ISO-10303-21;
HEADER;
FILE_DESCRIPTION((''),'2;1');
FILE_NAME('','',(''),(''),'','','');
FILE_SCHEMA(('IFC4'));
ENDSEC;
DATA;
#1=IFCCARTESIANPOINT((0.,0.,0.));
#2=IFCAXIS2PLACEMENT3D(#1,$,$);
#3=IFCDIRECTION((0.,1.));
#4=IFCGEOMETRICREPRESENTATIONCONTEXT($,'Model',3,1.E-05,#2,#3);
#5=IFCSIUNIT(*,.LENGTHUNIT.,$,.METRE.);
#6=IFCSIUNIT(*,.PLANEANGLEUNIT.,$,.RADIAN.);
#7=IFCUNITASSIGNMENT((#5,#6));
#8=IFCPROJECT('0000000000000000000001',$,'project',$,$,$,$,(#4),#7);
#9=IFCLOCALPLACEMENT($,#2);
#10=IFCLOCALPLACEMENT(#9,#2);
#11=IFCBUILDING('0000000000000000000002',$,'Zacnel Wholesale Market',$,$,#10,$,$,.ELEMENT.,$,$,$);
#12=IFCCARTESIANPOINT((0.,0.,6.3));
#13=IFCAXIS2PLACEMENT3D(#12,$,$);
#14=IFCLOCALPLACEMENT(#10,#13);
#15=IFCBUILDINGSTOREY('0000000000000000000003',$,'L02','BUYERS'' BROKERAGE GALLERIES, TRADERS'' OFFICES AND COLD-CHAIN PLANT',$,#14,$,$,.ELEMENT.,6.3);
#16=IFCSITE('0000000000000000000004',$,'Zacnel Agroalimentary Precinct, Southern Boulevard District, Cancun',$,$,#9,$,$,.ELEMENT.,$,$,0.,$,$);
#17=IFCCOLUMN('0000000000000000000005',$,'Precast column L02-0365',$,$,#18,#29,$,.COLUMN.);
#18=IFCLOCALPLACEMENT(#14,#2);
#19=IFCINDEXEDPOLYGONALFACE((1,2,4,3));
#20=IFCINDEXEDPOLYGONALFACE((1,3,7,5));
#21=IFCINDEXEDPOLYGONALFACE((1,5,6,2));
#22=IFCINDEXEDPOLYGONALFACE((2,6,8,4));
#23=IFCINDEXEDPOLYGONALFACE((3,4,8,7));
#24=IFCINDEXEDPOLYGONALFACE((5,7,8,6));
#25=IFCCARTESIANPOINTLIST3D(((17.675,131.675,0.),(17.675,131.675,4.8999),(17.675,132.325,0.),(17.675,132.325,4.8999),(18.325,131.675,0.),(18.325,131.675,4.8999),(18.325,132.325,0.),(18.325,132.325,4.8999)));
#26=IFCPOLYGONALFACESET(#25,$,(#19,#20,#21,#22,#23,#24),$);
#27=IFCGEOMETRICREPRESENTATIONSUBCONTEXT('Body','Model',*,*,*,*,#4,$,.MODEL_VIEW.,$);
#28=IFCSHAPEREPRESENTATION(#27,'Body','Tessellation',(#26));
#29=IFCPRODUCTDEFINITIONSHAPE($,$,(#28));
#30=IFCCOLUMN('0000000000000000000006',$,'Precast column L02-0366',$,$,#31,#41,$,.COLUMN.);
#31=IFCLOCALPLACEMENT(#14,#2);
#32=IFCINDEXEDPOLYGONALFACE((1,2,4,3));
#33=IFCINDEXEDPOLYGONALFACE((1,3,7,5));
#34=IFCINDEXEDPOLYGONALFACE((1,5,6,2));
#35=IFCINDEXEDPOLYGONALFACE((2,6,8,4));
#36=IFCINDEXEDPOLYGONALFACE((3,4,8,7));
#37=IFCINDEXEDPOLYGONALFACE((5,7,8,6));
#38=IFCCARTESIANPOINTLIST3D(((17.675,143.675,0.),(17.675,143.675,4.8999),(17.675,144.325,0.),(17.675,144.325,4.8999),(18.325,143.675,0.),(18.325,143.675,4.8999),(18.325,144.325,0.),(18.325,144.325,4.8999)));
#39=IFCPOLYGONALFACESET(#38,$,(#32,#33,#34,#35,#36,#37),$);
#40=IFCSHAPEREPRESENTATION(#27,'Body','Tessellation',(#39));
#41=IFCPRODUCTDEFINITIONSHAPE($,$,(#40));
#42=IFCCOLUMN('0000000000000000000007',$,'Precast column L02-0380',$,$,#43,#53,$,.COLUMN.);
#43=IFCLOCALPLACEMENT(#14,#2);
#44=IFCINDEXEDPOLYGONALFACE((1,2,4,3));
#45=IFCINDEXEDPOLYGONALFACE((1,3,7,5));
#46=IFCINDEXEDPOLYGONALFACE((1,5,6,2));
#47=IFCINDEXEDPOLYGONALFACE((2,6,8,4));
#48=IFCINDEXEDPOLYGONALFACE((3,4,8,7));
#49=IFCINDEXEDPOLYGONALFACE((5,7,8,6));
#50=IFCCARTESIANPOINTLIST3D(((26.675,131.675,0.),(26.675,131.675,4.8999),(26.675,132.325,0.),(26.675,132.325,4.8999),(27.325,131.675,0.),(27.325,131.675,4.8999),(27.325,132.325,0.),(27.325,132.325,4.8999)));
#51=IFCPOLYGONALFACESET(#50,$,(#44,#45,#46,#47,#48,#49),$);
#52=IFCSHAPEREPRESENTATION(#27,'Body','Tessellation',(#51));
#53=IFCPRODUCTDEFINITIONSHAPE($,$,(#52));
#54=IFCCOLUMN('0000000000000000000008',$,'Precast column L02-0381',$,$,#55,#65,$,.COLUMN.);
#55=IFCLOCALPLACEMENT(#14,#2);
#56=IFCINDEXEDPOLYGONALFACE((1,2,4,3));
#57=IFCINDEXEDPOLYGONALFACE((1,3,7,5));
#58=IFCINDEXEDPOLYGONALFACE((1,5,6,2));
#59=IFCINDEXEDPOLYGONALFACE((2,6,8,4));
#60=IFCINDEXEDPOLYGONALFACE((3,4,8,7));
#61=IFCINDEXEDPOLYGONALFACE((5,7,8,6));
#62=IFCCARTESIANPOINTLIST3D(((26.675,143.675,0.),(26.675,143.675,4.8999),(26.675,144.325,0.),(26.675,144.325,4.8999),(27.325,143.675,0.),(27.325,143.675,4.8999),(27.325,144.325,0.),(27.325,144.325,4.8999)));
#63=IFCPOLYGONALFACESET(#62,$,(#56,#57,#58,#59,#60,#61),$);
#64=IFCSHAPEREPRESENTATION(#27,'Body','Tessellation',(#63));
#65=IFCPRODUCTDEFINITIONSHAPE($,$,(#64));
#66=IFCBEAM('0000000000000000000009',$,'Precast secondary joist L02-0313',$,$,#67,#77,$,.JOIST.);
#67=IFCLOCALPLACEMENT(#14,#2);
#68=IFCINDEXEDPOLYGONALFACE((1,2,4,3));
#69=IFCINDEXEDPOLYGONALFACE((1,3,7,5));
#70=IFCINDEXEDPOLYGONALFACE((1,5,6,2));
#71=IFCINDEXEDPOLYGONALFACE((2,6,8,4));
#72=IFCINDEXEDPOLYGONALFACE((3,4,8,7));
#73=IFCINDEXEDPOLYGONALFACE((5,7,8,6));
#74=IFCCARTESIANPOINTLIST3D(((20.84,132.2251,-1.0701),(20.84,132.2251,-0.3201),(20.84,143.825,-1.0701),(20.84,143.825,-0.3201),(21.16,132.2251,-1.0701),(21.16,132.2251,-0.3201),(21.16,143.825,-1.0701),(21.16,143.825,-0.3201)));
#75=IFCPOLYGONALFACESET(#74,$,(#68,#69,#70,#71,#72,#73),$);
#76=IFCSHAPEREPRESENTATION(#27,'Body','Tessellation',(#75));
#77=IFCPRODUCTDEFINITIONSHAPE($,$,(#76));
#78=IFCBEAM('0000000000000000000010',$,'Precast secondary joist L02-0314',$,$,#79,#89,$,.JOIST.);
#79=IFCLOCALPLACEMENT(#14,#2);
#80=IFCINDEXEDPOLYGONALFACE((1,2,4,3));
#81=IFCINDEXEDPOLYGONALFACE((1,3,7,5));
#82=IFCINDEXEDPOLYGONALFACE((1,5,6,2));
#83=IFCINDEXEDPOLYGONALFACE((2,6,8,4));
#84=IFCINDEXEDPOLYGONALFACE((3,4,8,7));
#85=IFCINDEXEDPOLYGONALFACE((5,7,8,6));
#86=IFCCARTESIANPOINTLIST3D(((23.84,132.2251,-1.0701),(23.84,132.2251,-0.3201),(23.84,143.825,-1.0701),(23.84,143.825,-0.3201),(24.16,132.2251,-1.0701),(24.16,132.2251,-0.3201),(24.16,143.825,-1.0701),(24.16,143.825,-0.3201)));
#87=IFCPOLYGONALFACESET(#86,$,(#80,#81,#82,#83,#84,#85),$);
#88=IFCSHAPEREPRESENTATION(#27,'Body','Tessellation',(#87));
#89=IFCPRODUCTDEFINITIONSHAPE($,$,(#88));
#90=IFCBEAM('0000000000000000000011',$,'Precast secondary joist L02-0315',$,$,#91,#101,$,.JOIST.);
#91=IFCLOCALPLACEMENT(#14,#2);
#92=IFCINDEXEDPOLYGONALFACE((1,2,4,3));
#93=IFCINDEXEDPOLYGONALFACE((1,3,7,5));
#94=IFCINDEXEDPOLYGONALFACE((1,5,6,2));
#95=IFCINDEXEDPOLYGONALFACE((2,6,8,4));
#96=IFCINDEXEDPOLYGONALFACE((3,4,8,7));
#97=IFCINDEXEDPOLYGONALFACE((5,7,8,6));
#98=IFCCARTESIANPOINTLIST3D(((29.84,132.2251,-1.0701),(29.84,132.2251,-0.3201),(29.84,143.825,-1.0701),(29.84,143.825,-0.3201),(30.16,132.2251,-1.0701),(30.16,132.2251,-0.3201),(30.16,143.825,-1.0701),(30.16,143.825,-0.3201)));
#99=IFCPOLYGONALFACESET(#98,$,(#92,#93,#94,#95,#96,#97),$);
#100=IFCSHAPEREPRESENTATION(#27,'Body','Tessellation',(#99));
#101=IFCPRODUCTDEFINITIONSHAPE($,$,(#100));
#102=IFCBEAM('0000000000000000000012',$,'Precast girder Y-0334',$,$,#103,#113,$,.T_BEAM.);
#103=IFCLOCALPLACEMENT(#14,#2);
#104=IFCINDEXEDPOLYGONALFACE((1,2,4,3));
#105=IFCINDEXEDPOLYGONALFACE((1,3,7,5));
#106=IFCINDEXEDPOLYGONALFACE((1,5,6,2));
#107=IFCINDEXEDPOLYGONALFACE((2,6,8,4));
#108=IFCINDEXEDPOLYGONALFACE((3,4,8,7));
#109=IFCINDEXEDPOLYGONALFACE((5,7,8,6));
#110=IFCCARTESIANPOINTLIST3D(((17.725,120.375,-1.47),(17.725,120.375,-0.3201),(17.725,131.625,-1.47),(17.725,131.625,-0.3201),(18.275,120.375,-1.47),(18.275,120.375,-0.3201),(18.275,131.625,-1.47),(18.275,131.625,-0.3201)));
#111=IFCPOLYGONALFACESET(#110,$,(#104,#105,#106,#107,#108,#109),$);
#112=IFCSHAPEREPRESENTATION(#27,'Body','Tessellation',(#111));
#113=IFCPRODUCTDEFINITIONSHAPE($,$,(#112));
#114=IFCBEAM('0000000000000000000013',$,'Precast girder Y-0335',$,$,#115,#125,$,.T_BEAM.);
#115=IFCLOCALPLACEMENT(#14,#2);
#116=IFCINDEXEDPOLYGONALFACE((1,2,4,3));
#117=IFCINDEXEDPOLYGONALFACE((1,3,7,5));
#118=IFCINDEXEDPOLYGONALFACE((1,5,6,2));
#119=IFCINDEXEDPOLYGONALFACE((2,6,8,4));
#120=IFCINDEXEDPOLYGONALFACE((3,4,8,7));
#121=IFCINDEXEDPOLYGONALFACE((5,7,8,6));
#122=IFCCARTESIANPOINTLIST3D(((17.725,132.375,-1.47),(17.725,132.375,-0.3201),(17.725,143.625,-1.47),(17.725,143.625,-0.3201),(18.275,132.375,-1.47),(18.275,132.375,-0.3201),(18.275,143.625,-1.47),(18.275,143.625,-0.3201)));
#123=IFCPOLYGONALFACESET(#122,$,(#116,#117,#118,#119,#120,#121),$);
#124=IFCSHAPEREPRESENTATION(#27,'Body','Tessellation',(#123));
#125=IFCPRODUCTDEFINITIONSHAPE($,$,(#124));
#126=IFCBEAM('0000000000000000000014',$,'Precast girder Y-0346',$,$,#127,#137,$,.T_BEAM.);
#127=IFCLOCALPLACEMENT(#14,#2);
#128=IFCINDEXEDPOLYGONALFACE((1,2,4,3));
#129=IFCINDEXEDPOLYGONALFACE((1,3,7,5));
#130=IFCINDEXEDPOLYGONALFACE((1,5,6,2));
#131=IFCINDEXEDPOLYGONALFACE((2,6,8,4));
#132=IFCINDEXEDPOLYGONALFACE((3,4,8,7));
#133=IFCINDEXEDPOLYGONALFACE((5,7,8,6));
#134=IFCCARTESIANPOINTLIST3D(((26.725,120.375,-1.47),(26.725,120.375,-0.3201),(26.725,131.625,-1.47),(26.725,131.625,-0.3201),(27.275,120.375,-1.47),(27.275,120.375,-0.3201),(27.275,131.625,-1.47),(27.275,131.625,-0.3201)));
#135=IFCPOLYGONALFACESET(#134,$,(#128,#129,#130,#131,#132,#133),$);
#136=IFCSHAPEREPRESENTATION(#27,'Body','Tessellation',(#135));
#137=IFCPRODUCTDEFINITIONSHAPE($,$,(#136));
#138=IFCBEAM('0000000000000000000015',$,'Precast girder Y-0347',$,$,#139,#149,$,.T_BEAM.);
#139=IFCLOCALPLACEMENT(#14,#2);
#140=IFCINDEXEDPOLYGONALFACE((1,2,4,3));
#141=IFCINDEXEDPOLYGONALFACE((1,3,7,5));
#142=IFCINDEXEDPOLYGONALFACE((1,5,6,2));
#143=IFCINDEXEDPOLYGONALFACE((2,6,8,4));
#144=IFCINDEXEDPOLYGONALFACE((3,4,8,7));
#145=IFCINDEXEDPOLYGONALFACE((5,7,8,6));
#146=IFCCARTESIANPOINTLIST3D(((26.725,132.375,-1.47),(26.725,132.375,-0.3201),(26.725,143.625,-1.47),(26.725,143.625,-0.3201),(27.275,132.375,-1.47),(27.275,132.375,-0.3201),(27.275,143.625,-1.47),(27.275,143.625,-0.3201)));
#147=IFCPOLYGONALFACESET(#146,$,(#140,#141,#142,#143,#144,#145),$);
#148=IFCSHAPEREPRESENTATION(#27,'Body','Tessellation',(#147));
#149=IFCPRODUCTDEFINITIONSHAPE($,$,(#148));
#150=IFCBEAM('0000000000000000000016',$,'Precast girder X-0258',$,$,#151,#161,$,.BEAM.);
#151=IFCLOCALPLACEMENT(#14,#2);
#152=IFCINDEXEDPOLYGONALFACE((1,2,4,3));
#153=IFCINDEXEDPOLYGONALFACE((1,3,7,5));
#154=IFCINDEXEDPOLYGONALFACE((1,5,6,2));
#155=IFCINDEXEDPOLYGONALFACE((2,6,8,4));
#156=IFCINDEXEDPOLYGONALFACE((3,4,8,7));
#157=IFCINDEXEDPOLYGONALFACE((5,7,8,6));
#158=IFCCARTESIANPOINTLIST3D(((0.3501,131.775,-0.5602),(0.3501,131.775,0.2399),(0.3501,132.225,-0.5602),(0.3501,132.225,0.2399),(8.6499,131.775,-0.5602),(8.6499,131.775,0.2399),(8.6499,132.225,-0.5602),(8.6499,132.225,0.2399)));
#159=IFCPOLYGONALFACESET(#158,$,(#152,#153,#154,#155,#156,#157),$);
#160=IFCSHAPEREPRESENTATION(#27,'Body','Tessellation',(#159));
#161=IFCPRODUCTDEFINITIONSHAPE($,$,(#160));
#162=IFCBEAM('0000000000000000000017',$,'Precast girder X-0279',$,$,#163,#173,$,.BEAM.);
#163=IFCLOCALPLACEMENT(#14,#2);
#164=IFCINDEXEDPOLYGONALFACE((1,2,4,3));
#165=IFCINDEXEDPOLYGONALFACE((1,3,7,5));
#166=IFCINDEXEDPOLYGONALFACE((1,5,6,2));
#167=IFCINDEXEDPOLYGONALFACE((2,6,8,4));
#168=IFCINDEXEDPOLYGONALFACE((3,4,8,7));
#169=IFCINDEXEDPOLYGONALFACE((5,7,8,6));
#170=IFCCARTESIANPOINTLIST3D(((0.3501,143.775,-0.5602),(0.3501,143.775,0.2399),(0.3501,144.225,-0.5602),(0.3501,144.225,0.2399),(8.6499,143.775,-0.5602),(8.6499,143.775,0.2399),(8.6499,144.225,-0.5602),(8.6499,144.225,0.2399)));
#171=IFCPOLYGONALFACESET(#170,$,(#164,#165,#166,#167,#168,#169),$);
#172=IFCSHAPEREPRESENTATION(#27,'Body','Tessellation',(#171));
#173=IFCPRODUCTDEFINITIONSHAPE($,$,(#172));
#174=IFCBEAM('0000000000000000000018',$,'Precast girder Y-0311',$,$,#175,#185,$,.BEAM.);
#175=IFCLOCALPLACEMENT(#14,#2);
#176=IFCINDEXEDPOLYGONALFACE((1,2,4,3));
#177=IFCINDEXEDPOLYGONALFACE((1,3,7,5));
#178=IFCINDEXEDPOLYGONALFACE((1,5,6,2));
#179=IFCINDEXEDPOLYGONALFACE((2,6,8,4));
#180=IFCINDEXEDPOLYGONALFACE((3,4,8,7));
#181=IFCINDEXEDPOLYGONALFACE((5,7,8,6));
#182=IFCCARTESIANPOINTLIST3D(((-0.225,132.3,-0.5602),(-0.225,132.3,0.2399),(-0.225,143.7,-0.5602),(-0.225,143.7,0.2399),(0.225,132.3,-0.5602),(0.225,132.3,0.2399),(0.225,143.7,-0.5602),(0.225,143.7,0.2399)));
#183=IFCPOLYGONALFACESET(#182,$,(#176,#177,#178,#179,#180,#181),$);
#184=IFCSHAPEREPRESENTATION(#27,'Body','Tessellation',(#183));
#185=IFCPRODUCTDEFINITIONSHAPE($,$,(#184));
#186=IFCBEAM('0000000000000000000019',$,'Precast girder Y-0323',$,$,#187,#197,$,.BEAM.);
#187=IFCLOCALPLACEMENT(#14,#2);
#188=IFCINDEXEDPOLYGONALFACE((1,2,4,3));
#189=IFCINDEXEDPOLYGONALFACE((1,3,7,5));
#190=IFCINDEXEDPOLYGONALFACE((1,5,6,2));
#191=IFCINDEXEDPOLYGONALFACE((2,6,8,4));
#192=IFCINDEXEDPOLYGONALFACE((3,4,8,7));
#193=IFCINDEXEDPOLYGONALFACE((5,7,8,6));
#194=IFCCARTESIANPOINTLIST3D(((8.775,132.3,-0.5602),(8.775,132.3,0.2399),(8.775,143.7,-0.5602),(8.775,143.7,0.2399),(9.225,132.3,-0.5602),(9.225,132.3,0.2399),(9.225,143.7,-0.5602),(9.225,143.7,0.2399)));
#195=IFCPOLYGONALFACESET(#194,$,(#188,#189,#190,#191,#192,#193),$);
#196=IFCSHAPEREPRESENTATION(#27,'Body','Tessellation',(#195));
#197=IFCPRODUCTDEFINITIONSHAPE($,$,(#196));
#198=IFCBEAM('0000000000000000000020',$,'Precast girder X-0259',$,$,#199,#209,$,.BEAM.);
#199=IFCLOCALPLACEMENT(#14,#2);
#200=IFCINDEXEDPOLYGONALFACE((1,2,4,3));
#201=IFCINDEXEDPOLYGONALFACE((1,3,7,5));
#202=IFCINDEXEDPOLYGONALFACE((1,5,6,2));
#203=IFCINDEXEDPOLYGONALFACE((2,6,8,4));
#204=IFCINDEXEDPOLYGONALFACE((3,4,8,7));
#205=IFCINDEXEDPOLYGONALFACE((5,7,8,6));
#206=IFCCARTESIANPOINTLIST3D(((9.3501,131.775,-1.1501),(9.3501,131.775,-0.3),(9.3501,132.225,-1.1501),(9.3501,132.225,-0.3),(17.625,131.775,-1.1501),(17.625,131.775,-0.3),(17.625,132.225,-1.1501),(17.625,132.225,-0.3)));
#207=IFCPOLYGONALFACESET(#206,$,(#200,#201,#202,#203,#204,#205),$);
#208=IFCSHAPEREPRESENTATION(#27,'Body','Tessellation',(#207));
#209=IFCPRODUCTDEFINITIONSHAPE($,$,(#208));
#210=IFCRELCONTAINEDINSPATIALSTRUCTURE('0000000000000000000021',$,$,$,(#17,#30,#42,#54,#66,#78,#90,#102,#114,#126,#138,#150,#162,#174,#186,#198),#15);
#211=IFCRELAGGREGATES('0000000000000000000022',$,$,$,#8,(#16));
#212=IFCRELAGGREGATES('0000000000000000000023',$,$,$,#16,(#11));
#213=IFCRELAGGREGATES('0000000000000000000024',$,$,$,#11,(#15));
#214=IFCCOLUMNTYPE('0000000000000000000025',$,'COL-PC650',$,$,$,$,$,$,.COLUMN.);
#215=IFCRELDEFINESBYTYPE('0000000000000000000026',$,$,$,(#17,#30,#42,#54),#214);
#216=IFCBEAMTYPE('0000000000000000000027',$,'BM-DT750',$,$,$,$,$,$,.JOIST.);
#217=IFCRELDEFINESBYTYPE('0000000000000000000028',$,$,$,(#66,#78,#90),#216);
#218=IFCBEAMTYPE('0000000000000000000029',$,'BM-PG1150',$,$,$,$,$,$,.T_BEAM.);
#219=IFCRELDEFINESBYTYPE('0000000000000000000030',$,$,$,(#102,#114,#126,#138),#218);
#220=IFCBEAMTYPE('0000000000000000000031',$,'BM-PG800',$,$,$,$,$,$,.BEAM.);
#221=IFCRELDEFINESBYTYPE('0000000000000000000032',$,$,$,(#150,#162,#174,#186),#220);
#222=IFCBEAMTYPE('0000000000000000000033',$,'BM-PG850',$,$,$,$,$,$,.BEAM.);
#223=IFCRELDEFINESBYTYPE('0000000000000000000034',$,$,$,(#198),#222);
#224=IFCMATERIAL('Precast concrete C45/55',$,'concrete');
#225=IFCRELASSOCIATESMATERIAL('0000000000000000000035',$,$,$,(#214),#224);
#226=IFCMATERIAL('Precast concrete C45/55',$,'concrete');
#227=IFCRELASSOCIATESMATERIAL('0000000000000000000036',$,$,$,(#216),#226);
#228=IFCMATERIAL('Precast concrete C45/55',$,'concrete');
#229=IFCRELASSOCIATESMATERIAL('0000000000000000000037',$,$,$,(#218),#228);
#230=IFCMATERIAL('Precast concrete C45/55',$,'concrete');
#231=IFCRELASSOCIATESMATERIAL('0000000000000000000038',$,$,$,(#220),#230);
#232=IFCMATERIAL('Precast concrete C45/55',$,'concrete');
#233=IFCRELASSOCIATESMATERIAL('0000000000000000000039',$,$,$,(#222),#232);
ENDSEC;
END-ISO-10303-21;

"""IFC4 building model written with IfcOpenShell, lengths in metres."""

from ifc_helpers import new_model, si_unit, direction, frame, origin, origin_2d, place, context, subcontext, project, spatial, rectangle, extrude, material, material_profile, profile_set, type_object, element, save


model = new_model("IFC4")

# Units and contexts
model_context = context("Model", 3, precision=1e-05, world=origin(), true_north=direction((0.0, 1.0)))
body_context = subcontext(model_context, "Body", "Model", "MODEL_VIEW")
ifc_project = project(units=[si_unit("LENGTHUNIT", "METRE"), si_unit("PLANEANGLEUNIT", "RADIAN")], contexts=[model_context])

# Site, building, storey
site_placement = place(None, origin())
site = spatial("IfcSite", under=ifc_project, at=site_placement, Name="Zacnel Agroalimentary Precinct, Southern Boulevard District, Cancun", CompositionType="ELEMENT", RefElevation=0.0)
building_placement = place(site_placement, origin())
building = spatial("IfcBuilding", under=site, at=building_placement, Name="Zacnel Wholesale Market", CompositionType="ELEMENT")
storey_placement = place(building_placement, frame((0.0, 0.0, 6.3)))
storey = spatial("IfcBuildingStorey", under=building, at=storey_placement, Name="L02", Description="BUYERS' BROKERAGE GALLERIES, TRADERS' OFFICES AND COLD-CHAIN PLANT", CompositionType="ELEMENT", Elevation=6.3)

# Columns
ifc_material_1 = material(Name="Precast concrete C45/55", Category="concrete")
ifc_material_profile_1 = material_profile(ifc_material_1, rectangle(XDim=0.6499, YDim=0.6499, at=origin_2d()), Name="PC 650x650")
ifc_profile_set_1 = profile_set([ifc_material_profile_1], Name="Precast concrete C45/55")
column_type = type_object("IfcColumnType", Name="COL-PC650", PredefinedType="COLUMN", material=ifc_profile_set_1)
for number, where, z_axis, x_axis, name in (
    (1, (18.0, 132.0, 0.0), (0.0, 0.0, 1.0), (1.0, 0.0, 0.0), "Precast column L02-0365"),
    (2, (18.0, 144.0, 0.0), (0.0, 0.0, 1.0), (1.0, 0.0, 0.0), "Precast column L02-0366"),
    (3, (27.0, 132.0, 0.0), (0.0, 0.0, 1.0), (1.0, 0.0, 0.0), "Precast column L02-0380"),
    (4, (27.0, 144.0, 0.0), (0.0, 0.0, 1.0), (1.0, 0.0, 0.0), "Precast column L02-0381"),
):
    element("IfcColumn", number, at=place(storey_placement, frame(where, z_axis=z_axis, x_axis=x_axis)), inside=storey, type_object=column_type, Name=name, PredefinedType="COLUMN", context=body_context, shape_type="SweptSolid", body=[
        extrude(rectangle(XDim=0.6499, YDim=0.6499, at=origin_2d()), origin(), (0.0, 0.0, 1.0), 4.8999),
    ])

# Beams
ifc_material_2 = material(Name="Precast concrete C45/55", Category="concrete")
ifc_material_profile_2 = material_profile(ifc_material_2, rectangle(XDim=0.3201, YDim=0.75, at=origin_2d()), Name="DT RIB 320x750")
ifc_profile_set_2 = profile_set([ifc_material_profile_2], Name="Precast concrete C45/55")
beam_type_1 = type_object("IfcBeamType", Name="BM-DT750", PredefinedType="JOIST", material=ifc_profile_set_2)
for number, where, z_axis, x_axis, name in (
    (5, (21.0, 132.2251, -0.6951), (0.0, 1.0, 0.0), (-1.0, 0.0, 0.0), "Precast secondary joist L02-0313"),
    (6, (24.0, 132.2251, -0.6951), (0.0, 1.0, 0.0), (-1.0, 0.0, 0.0), "Precast secondary joist L02-0314"),
    (7, (30.0, 132.2251, -0.6951), (0.0, 1.0, 0.0), (-1.0, 0.0, 0.0), "Precast secondary joist L02-0315"),
):
    element("IfcBeam", number, at=place(storey_placement, frame(where, z_axis=z_axis, x_axis=x_axis)), inside=storey, type_object=beam_type_1, Name=name, PredefinedType="JOIST", context=body_context, shape_type="SweptSolid", body=[
        extrude(rectangle(XDim=0.3201, YDim=0.75, at=origin_2d()), origin(), (0.0, 0.0, 1.0), 11.5999),
    ])
ifc_material_3 = material(Name="Precast concrete C45/55", Category="concrete")
ifc_material_profile_3 = material_profile(ifc_material_3, rectangle(XDim=0.55, YDim=1.1499, at=origin_2d()), Name="PG 550x1150")
ifc_profile_set_3 = profile_set([ifc_material_profile_3], Name="Precast concrete C45/55")
beam_type_2 = type_object("IfcBeamType", Name="BM-PG1150", PredefinedType="T_BEAM", material=ifc_profile_set_3)
for number, where, z_axis, x_axis, name in (
    (8, (18.0, 120.375, -0.895), (0.0, 1.0, 0.0), (-1.0, 0.0, 0.0), "Precast girder Y-0334"),
    (9, (18.0, 132.375, -0.895), (0.0, 1.0, 0.0), (-1.0, 0.0, 0.0), "Precast girder Y-0335"),
    (10, (27.0, 120.375, -0.895), (0.0, 1.0, 0.0), (-1.0, 0.0, 0.0), "Precast girder Y-0346"),
    (11, (27.0, 132.375, -0.895), (0.0, 1.0, 0.0), (-1.0, 0.0, 0.0), "Precast girder Y-0347"),
):
    element("IfcBeam", number, at=place(storey_placement, frame(where, z_axis=z_axis, x_axis=x_axis)), inside=storey, type_object=beam_type_2, Name=name, PredefinedType="T_BEAM", context=body_context, shape_type="SweptSolid", body=[
        extrude(rectangle(XDim=0.55, YDim=1.1499, at=origin_2d()), origin(), (0.0, 0.0, 1.0), 11.25),
    ])
ifc_material_4 = material(Name="Precast concrete C45/55", Category="concrete")
ifc_material_profile_4 = material_profile(ifc_material_4, rectangle(XDim=0.45, YDim=0.8, at=origin_2d()), Name="PG 450x800")
ifc_profile_set_4 = profile_set([ifc_material_profile_4], Name="Precast concrete C45/55")
beam_type_3 = type_object("IfcBeamType", Name="BM-PG800", PredefinedType="BEAM", material=ifc_profile_set_4)
for number, where, z_axis, x_axis, name in (
    (12, (0.3501, 132.0, -0.1602), (1.0, 0.0, 0.0), (0.0, 1.0, 0.0), "Precast girder X-0258"),
    (13, (0.3501, 144.0, -0.1602), (1.0, 0.0, 0.0), (0.0, 1.0, 0.0), "Precast girder X-0279"),
):
    element("IfcBeam", number, at=place(storey_placement, frame(where, z_axis=z_axis, x_axis=x_axis)), inside=storey, type_object=beam_type_3, Name=name, PredefinedType="BEAM", context=body_context, shape_type="SweptSolid", body=[
        extrude(rectangle(XDim=0.45, YDim=0.8, at=origin_2d()), origin(), (0.0, 0.0, 1.0), 8.2998),
    ])
for number, where, z_axis, x_axis, name in (
    (14, (0.0, 132.3, -0.1602), (0.0, 1.0, 0.0), (-1.0, 0.0, 0.0), "Precast girder Y-0311"),
    (15, (9.0, 132.3, -0.1602), (0.0, 1.0, 0.0), (-1.0, 0.0, 0.0), "Precast girder Y-0323"),
):
    element("IfcBeam", number, at=place(storey_placement, frame(where, z_axis=z_axis, x_axis=x_axis)), inside=storey, type_object=beam_type_3, Name=name, PredefinedType="BEAM", context=body_context, shape_type="SweptSolid", body=[
        extrude(rectangle(XDim=0.45, YDim=0.8, at=origin_2d()), origin(), (0.0, 0.0, 1.0), 11.3999),
    ])
ifc_material_5 = material(Name="Precast concrete C45/55", Category="concrete")
ifc_material_profile_5 = material_profile(ifc_material_5, rectangle(XDim=0.45, YDim=0.8501, at=origin_2d()), Name="PG 450x850")
ifc_profile_set_5 = profile_set([ifc_material_profile_5], Name="Precast concrete C45/55")
beam_type_4 = type_object("IfcBeamType", Name="BM-PG850", PredefinedType="BEAM", material=ifc_profile_set_5)
beam_1_placement = place(storey_placement, frame((9.3501, 132.0, -0.7251), z_axis=(1.0, 0.0, 0.0), x_axis=(0.0, 1.0, 0.0)))
element("IfcBeam", 16, at=beam_1_placement, inside=storey, type_object=beam_type_4, Name="Precast girder X-0259", PredefinedType="BEAM", context=body_context, shape_type="SweptSolid", body=[
    extrude(rectangle(XDim=0.45, YDim=0.8501, at=origin_2d()), origin(), (0.0, 0.0, 1.0), 8.2749),
])

save(model, "model.ifc")
